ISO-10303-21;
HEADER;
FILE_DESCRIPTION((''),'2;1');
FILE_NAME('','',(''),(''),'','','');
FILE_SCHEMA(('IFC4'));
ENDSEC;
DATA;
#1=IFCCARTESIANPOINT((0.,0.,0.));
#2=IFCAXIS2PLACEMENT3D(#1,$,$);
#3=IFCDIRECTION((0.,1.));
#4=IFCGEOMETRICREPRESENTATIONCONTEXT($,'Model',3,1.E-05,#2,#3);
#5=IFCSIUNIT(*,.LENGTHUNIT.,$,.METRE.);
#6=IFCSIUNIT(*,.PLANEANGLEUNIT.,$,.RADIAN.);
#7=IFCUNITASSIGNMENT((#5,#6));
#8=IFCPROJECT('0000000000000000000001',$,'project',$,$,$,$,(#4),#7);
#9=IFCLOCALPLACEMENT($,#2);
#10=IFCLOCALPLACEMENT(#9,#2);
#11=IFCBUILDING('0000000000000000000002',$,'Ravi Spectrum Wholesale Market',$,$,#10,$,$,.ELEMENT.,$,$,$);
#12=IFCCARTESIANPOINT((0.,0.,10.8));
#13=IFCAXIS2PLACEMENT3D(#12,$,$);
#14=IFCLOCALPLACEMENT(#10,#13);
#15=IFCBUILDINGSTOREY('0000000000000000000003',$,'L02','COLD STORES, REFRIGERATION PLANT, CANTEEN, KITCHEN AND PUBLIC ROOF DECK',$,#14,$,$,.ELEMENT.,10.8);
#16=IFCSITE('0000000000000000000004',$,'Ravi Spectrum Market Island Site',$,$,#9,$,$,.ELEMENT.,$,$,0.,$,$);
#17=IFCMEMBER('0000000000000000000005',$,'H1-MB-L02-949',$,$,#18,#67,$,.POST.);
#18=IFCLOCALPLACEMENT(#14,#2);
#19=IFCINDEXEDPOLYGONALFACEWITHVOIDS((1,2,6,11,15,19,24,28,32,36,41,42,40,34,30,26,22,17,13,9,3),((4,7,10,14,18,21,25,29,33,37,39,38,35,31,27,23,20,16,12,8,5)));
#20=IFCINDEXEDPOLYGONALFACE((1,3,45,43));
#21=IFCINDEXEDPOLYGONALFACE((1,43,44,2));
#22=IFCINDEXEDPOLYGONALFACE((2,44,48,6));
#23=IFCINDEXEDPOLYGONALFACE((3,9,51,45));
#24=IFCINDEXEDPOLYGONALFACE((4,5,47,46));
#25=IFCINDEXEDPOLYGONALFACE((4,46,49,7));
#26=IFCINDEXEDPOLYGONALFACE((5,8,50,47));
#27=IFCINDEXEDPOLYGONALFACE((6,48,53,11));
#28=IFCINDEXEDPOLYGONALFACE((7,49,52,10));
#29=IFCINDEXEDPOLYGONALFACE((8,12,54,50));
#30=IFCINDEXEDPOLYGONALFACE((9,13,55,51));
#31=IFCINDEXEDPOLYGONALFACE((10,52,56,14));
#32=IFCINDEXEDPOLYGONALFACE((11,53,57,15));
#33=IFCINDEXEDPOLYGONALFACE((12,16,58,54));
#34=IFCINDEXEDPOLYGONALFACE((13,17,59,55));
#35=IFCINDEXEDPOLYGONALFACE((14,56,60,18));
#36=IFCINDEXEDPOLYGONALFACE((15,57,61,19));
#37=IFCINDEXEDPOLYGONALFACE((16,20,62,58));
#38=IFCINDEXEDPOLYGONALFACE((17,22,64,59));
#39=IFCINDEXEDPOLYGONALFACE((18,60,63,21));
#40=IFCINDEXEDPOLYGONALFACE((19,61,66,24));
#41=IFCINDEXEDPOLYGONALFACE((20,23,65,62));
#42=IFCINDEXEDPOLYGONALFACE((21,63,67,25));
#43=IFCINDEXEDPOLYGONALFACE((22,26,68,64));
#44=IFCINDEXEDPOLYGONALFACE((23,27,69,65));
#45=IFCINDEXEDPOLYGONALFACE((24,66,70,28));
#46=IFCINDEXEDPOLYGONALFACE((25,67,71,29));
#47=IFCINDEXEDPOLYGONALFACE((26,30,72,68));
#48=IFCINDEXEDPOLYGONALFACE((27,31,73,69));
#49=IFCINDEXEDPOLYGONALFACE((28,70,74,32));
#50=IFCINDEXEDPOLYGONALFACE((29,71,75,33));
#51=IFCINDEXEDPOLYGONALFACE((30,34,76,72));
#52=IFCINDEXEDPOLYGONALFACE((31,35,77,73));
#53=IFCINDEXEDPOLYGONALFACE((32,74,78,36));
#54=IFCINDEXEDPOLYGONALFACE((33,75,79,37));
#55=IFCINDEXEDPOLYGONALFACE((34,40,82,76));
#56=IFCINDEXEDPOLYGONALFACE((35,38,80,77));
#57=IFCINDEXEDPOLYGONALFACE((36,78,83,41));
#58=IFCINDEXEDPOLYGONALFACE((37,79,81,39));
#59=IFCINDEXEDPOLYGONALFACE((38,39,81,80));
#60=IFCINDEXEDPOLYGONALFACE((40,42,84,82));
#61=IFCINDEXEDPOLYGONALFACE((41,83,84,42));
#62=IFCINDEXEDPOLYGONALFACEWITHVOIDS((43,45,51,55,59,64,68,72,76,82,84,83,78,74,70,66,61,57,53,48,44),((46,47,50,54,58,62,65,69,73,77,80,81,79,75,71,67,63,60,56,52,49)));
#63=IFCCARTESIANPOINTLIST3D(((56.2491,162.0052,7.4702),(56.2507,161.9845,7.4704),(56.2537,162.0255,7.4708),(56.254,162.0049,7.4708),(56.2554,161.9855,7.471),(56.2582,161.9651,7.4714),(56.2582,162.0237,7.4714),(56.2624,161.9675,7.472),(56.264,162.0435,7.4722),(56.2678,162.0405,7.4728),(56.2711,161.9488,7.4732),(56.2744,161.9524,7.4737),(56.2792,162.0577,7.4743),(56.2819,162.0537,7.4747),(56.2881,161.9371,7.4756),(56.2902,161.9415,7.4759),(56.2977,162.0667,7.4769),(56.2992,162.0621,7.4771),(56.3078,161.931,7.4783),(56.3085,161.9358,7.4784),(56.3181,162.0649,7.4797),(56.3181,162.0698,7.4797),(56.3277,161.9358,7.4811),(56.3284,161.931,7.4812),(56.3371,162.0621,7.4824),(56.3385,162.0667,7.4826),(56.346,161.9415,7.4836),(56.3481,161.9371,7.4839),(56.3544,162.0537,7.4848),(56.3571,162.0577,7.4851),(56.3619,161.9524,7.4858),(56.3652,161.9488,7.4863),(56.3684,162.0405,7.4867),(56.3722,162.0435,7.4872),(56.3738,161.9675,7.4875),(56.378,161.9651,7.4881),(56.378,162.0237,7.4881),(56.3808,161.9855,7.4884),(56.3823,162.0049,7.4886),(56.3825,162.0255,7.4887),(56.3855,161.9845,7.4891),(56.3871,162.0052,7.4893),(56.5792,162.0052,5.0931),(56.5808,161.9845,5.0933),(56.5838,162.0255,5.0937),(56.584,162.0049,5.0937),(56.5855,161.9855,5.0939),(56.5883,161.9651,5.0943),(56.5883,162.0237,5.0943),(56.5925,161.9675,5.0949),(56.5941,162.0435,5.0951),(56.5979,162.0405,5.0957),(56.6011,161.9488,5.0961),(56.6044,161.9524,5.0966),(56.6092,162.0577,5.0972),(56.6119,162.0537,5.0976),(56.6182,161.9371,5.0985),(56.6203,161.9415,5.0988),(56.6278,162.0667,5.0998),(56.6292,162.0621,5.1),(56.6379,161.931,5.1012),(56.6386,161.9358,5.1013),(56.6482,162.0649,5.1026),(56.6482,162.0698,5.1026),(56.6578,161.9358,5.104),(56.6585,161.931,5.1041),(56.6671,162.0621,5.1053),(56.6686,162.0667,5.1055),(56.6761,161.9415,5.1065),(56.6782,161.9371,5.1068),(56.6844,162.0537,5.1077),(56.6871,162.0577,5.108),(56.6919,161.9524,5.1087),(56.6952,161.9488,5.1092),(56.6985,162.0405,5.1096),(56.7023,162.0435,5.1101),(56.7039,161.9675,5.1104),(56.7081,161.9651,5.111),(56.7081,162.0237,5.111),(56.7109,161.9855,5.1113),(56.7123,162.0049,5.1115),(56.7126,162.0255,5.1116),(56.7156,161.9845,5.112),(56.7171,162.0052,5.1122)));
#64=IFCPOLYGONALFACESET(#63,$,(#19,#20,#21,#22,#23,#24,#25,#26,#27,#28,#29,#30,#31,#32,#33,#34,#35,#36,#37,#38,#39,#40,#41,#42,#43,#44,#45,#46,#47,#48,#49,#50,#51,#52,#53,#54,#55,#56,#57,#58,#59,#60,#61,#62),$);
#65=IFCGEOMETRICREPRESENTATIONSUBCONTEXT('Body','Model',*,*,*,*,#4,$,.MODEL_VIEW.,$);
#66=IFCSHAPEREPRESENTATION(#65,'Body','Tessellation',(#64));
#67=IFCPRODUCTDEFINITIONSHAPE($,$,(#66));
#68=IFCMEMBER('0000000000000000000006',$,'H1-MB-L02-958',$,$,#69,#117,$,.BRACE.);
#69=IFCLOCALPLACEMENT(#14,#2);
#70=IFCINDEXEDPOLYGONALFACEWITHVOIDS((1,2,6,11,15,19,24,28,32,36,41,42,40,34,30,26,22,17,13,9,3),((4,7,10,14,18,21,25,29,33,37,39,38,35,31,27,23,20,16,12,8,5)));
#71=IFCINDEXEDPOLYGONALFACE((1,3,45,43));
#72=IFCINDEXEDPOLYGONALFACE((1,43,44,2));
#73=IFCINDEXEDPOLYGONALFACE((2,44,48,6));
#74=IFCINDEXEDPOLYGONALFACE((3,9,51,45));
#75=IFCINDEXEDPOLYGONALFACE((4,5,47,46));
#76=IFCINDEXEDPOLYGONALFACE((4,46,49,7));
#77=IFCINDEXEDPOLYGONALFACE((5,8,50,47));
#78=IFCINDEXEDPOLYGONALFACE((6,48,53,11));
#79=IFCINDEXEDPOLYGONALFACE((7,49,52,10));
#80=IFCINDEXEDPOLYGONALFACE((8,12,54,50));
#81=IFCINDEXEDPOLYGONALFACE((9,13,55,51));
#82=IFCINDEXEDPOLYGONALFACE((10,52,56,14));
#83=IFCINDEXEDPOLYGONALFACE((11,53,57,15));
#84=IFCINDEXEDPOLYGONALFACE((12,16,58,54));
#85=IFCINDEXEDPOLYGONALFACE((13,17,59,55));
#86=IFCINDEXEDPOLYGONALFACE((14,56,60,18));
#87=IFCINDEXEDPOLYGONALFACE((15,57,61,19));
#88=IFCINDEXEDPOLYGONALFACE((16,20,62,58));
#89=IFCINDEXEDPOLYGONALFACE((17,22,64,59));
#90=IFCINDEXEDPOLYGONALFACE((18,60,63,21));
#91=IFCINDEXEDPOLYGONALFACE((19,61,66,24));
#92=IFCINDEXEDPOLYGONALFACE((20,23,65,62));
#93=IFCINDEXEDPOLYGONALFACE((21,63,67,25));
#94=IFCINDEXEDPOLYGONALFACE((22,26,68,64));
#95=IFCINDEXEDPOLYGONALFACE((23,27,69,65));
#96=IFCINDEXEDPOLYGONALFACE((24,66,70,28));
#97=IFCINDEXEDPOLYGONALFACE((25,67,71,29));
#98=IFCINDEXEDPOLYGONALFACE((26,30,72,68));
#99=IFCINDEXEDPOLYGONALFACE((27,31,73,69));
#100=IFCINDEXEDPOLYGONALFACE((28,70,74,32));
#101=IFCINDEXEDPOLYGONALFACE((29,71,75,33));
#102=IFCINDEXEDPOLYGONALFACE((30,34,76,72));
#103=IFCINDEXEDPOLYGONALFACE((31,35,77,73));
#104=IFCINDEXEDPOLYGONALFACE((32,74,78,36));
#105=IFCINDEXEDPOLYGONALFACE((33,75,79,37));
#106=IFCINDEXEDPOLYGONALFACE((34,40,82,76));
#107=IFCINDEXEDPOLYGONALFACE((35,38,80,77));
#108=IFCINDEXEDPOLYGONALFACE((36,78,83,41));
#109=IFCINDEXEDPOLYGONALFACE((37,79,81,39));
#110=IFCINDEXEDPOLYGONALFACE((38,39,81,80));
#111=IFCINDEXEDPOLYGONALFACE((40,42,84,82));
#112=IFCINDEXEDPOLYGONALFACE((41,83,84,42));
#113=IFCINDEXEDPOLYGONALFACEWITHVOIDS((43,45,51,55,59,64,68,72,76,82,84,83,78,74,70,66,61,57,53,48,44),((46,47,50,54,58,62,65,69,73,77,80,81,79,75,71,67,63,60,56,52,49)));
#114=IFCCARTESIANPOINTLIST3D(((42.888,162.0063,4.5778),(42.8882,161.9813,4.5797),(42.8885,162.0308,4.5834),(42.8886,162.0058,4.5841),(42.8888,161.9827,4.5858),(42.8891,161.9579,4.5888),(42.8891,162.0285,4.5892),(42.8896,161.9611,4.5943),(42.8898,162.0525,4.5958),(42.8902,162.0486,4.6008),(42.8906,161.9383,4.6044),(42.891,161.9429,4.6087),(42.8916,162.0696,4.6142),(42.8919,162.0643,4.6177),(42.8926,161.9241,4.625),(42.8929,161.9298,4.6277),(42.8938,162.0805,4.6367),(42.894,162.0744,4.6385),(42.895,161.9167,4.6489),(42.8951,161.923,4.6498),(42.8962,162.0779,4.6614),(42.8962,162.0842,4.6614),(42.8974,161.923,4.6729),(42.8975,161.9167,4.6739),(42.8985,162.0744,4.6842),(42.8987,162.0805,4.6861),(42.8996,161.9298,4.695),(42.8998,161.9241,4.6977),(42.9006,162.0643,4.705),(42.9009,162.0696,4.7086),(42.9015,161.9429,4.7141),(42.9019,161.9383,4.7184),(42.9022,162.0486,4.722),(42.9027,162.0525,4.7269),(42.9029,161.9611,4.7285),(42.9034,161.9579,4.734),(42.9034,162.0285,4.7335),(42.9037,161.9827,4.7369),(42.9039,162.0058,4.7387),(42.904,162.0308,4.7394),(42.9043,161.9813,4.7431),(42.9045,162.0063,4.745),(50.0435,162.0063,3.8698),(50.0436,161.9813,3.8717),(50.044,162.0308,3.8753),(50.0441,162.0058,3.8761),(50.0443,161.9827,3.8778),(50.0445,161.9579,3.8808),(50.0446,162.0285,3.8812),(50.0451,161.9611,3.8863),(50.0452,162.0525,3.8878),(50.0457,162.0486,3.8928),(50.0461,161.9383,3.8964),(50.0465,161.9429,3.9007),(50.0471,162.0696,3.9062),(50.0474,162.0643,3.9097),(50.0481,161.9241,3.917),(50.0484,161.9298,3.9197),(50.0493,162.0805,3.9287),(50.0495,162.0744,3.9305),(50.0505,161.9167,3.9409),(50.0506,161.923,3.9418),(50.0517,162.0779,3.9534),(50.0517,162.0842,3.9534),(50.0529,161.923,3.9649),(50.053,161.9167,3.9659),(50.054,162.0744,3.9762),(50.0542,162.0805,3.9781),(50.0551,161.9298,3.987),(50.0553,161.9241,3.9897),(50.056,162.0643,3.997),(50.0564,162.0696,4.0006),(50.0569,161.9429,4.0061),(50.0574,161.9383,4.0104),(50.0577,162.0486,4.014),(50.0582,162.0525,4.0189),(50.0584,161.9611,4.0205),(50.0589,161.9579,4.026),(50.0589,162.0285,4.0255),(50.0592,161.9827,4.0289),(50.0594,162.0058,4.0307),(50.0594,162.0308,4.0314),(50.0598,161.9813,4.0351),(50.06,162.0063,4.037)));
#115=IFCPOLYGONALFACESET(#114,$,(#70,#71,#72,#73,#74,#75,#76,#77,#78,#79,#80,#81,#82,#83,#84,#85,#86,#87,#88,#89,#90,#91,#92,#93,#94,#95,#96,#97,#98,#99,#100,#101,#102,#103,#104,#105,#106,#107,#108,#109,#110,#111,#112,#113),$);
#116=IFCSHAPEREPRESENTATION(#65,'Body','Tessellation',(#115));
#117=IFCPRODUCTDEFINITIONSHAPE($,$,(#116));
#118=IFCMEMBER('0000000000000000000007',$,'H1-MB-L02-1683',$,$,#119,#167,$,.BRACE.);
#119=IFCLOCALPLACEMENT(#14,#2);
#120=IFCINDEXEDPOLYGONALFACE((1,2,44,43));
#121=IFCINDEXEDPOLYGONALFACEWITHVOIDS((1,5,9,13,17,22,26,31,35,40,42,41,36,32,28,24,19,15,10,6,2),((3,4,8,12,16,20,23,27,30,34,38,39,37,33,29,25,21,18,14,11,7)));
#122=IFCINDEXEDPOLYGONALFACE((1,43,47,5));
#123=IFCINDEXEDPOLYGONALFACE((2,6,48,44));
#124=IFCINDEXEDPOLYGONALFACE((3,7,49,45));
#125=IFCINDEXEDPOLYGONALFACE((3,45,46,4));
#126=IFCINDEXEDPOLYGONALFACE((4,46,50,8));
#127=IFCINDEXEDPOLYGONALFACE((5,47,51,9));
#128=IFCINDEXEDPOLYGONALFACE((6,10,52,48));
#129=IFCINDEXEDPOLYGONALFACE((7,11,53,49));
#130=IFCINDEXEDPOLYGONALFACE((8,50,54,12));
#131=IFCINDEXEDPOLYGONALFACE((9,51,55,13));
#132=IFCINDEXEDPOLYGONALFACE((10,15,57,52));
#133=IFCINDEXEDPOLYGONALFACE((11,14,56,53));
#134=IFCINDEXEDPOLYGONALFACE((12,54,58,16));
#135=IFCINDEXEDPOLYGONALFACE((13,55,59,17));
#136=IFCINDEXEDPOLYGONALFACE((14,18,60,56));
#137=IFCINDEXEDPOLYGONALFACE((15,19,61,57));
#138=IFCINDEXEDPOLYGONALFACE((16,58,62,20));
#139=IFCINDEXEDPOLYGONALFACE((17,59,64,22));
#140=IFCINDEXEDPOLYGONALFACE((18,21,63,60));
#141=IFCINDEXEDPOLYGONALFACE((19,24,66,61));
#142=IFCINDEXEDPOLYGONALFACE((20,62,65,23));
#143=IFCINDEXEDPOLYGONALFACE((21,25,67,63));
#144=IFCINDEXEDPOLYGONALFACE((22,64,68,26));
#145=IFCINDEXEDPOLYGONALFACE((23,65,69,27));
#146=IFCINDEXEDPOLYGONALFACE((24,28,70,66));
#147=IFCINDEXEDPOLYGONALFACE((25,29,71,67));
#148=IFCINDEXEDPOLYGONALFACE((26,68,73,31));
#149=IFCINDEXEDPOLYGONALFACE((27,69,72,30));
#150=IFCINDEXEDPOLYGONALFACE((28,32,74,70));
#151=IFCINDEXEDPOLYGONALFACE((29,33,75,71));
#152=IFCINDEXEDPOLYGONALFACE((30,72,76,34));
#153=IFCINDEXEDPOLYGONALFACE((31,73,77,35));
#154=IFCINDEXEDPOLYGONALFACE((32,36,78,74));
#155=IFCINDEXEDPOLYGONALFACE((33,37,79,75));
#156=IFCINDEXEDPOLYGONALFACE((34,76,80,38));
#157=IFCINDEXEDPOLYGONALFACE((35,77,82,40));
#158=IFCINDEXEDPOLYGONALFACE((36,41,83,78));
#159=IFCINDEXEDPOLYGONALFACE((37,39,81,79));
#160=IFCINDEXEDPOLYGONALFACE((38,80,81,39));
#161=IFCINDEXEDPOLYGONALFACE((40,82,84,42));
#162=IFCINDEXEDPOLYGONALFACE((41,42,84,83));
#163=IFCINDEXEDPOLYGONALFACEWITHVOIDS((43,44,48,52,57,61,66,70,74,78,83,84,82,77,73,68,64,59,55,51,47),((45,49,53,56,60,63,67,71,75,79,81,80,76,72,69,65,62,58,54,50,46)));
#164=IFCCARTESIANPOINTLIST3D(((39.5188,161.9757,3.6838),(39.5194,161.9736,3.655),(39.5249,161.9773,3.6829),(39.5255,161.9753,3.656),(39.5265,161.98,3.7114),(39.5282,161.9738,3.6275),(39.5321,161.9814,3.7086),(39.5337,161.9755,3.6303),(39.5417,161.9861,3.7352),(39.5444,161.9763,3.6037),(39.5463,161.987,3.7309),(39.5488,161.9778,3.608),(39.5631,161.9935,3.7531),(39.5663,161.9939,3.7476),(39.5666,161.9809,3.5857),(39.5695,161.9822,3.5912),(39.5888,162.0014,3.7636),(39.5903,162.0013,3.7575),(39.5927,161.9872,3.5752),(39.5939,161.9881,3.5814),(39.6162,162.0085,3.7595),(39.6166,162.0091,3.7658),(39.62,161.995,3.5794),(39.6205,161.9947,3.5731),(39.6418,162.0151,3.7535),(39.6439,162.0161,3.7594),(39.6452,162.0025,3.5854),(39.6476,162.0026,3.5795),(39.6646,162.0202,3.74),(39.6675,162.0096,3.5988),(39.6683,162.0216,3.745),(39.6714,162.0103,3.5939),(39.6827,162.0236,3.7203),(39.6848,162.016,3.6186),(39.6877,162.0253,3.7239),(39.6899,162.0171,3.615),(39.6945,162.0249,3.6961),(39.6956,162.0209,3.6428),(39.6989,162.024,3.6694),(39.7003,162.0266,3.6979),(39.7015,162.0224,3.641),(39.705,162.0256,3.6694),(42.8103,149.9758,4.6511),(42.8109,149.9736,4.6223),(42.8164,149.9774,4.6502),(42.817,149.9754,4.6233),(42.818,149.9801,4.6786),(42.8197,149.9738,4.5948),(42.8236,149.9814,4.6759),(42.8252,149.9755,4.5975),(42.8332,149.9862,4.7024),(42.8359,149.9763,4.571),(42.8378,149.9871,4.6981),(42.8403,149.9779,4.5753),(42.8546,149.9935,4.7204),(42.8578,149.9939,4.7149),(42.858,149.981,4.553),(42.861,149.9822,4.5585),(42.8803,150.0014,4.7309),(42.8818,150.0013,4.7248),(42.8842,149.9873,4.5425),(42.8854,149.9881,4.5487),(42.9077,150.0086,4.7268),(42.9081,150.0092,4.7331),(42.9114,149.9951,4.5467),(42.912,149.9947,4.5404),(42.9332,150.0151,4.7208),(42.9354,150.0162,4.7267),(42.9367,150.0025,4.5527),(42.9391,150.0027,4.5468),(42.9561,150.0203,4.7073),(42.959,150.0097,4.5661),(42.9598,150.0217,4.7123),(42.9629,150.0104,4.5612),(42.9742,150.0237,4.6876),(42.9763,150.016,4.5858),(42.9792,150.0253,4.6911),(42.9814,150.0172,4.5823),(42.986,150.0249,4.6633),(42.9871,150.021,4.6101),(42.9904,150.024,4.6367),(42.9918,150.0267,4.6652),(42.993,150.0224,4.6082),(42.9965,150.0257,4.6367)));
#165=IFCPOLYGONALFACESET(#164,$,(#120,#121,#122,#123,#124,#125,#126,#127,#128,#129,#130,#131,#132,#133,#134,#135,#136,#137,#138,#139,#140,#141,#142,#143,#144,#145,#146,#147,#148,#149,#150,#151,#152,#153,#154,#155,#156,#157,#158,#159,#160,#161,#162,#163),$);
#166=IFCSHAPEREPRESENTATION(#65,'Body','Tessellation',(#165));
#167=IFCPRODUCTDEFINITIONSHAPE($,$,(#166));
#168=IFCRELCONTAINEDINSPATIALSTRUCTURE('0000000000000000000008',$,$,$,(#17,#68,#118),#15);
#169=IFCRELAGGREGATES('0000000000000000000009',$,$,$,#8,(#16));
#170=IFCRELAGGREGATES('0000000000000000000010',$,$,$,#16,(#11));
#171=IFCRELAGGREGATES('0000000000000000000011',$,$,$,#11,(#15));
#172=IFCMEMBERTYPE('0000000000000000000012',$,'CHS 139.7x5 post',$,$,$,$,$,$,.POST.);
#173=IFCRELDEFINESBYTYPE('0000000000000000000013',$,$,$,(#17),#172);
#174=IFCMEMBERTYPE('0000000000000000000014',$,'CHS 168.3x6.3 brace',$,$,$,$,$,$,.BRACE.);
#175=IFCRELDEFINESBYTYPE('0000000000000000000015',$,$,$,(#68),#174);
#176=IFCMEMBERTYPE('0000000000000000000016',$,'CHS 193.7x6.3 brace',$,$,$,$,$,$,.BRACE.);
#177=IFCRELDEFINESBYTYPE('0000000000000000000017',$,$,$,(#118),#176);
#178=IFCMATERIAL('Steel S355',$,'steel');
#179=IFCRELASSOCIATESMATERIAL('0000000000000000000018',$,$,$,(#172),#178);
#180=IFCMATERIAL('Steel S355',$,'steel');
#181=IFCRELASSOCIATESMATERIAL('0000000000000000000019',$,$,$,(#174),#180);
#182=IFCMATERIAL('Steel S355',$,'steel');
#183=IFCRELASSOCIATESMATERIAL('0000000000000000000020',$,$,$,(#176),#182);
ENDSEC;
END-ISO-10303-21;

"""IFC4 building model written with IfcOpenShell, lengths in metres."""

from ifc_helpers import new_model, si_unit, direction, frame, origin, origin_2d, place, context, subcontext, project, spatial, hollow_circle, extrude, material, material_profile, profile_set, type_object, element, save


model = new_model("IFC4")

# Units and contexts
model_context = context("Model", 3, precision=1e-05, world=origin(), true_north=direction((0.0, 1.0)))
body_context = subcontext(model_context, "Body", "Model", "MODEL_VIEW")
ifc_project = project(units=[si_unit("LENGTHUNIT", "METRE"), si_unit("PLANEANGLEUNIT", "RADIAN")], contexts=[model_context])

# Site, building, storey
site_placement = place(None, origin())
site = spatial("IfcSite", under=ifc_project, at=site_placement, Name="Ravi Spectrum Market Island Site", CompositionType="ELEMENT", RefElevation=0.0)
building_placement = place(site_placement, origin())
building = spatial("IfcBuilding", under=site, at=building_placement, Name="Ravi Spectrum Wholesale Market", CompositionType="ELEMENT")
storey_placement = place(building_placement, frame((0.0, 0.0, 10.8)))
storey = spatial("IfcBuildingStorey", under=building, at=storey_placement, Name="L02", Description="COLD STORES, REFRIGERATION PLANT, CANTEEN, KITCHEN AND PUBLIC ROOF DECK", CompositionType="ELEMENT", Elevation=10.8)

# Members
ifc_material_1 = material(Name="Steel S355", Category="steel")
ifc_material_profile_1 = material_profile(ifc_material_1, hollow_circle(Radius=0.0698, WallThickness=0.0049, at=origin_2d()))
ifc_profile_set_1 = profile_set([ifc_material_profile_1], Name="Steel S355")
member_type_1 = type_object("IfcMemberType", Name="CHS 139.7x5 post", PredefinedType="POST", material=ifc_profile_set_1)
member_1_placement = place(storey_placement, frame((56.3181, 162.0, 7.4797), z_axis=(0.137532, 0.0, -0.990497), x_axis=(0.0, 1.0, 0.0)))
element("IfcMember", 1, at=member_1_placement, inside=storey, type_object=member_type_1, Name="H1-MB-L02-949", PredefinedType="POST", context=body_context, shape_type="SweptSolid", body=[
    extrude(hollow_circle(Radius=0.0698, WallThickness=0.0049, at=origin_2d()), origin(), (0.0, 0.0, 1.0), 2.3999),
])
ifc_material_2 = material(Name="Steel S355", Category="steel")
ifc_material_profile_2 = material_profile(ifc_material_2, hollow_circle(Radius=0.0842, WallThickness=0.0063, at=origin_2d()))
ifc_profile_set_2 = profile_set([ifc_material_profile_2], Name="Steel S355")
member_type_2 = type_object("IfcMemberType", Name="CHS 168.3x6.3 brace", PredefinedType="BRACE", material=ifc_profile_set_2)
member_2_placement = place(storey_placement, frame((42.8962, 162.0, 4.6614), z_axis=(0.995141, 0.0, -0.098465), x_axis=(0.0, 1.0, 0.0)))
element("IfcMember", 2, at=member_2_placement, inside=storey, type_object=member_type_2, Name="H1-MB-L02-958", PredefinedType="BRACE", context=body_context, shape_type="SweptSolid", body=[
    extrude(hollow_circle(Radius=0.0842, WallThickness=0.0063, at=origin_2d()), origin(), (0.0, 0.0, 1.0), 7.1904),
])
ifc_material_3 = material(Name="Steel S355", Category="steel")
ifc_material_profile_3 = material_profile(ifc_material_3, hollow_circle(Radius=0.0969, WallThickness=0.0063, at=origin_2d()))
ifc_profile_set_3 = profile_set([ifc_material_profile_3], Name="Steel S355")
member_type_3 = type_object("IfcMemberType", Name="CHS 193.7x6.3 brace", PredefinedType="BRACE", material=ifc_profile_set_3)
member_3_placement = place(storey_placement, frame((39.6116, 162.0, 3.6694), z_axis=(0.263726, -0.961479, 0.077502), x_axis=(0.96438, 0.264522, 0.0)))
element("IfcMember", 3, at=member_3_placement, inside=storey, type_object=member_type_3, Name="H1-MB-L02-1683", PredefinedType="BRACE", context=body_context, shape_type="SweptSolid", body=[
    extrude(hollow_circle(Radius=0.0969, WallThickness=0.0063, at=origin_2d()), origin(), (0.0, 0.0, 1.0), 12.4807),
])

save(model, "model.ifc")
